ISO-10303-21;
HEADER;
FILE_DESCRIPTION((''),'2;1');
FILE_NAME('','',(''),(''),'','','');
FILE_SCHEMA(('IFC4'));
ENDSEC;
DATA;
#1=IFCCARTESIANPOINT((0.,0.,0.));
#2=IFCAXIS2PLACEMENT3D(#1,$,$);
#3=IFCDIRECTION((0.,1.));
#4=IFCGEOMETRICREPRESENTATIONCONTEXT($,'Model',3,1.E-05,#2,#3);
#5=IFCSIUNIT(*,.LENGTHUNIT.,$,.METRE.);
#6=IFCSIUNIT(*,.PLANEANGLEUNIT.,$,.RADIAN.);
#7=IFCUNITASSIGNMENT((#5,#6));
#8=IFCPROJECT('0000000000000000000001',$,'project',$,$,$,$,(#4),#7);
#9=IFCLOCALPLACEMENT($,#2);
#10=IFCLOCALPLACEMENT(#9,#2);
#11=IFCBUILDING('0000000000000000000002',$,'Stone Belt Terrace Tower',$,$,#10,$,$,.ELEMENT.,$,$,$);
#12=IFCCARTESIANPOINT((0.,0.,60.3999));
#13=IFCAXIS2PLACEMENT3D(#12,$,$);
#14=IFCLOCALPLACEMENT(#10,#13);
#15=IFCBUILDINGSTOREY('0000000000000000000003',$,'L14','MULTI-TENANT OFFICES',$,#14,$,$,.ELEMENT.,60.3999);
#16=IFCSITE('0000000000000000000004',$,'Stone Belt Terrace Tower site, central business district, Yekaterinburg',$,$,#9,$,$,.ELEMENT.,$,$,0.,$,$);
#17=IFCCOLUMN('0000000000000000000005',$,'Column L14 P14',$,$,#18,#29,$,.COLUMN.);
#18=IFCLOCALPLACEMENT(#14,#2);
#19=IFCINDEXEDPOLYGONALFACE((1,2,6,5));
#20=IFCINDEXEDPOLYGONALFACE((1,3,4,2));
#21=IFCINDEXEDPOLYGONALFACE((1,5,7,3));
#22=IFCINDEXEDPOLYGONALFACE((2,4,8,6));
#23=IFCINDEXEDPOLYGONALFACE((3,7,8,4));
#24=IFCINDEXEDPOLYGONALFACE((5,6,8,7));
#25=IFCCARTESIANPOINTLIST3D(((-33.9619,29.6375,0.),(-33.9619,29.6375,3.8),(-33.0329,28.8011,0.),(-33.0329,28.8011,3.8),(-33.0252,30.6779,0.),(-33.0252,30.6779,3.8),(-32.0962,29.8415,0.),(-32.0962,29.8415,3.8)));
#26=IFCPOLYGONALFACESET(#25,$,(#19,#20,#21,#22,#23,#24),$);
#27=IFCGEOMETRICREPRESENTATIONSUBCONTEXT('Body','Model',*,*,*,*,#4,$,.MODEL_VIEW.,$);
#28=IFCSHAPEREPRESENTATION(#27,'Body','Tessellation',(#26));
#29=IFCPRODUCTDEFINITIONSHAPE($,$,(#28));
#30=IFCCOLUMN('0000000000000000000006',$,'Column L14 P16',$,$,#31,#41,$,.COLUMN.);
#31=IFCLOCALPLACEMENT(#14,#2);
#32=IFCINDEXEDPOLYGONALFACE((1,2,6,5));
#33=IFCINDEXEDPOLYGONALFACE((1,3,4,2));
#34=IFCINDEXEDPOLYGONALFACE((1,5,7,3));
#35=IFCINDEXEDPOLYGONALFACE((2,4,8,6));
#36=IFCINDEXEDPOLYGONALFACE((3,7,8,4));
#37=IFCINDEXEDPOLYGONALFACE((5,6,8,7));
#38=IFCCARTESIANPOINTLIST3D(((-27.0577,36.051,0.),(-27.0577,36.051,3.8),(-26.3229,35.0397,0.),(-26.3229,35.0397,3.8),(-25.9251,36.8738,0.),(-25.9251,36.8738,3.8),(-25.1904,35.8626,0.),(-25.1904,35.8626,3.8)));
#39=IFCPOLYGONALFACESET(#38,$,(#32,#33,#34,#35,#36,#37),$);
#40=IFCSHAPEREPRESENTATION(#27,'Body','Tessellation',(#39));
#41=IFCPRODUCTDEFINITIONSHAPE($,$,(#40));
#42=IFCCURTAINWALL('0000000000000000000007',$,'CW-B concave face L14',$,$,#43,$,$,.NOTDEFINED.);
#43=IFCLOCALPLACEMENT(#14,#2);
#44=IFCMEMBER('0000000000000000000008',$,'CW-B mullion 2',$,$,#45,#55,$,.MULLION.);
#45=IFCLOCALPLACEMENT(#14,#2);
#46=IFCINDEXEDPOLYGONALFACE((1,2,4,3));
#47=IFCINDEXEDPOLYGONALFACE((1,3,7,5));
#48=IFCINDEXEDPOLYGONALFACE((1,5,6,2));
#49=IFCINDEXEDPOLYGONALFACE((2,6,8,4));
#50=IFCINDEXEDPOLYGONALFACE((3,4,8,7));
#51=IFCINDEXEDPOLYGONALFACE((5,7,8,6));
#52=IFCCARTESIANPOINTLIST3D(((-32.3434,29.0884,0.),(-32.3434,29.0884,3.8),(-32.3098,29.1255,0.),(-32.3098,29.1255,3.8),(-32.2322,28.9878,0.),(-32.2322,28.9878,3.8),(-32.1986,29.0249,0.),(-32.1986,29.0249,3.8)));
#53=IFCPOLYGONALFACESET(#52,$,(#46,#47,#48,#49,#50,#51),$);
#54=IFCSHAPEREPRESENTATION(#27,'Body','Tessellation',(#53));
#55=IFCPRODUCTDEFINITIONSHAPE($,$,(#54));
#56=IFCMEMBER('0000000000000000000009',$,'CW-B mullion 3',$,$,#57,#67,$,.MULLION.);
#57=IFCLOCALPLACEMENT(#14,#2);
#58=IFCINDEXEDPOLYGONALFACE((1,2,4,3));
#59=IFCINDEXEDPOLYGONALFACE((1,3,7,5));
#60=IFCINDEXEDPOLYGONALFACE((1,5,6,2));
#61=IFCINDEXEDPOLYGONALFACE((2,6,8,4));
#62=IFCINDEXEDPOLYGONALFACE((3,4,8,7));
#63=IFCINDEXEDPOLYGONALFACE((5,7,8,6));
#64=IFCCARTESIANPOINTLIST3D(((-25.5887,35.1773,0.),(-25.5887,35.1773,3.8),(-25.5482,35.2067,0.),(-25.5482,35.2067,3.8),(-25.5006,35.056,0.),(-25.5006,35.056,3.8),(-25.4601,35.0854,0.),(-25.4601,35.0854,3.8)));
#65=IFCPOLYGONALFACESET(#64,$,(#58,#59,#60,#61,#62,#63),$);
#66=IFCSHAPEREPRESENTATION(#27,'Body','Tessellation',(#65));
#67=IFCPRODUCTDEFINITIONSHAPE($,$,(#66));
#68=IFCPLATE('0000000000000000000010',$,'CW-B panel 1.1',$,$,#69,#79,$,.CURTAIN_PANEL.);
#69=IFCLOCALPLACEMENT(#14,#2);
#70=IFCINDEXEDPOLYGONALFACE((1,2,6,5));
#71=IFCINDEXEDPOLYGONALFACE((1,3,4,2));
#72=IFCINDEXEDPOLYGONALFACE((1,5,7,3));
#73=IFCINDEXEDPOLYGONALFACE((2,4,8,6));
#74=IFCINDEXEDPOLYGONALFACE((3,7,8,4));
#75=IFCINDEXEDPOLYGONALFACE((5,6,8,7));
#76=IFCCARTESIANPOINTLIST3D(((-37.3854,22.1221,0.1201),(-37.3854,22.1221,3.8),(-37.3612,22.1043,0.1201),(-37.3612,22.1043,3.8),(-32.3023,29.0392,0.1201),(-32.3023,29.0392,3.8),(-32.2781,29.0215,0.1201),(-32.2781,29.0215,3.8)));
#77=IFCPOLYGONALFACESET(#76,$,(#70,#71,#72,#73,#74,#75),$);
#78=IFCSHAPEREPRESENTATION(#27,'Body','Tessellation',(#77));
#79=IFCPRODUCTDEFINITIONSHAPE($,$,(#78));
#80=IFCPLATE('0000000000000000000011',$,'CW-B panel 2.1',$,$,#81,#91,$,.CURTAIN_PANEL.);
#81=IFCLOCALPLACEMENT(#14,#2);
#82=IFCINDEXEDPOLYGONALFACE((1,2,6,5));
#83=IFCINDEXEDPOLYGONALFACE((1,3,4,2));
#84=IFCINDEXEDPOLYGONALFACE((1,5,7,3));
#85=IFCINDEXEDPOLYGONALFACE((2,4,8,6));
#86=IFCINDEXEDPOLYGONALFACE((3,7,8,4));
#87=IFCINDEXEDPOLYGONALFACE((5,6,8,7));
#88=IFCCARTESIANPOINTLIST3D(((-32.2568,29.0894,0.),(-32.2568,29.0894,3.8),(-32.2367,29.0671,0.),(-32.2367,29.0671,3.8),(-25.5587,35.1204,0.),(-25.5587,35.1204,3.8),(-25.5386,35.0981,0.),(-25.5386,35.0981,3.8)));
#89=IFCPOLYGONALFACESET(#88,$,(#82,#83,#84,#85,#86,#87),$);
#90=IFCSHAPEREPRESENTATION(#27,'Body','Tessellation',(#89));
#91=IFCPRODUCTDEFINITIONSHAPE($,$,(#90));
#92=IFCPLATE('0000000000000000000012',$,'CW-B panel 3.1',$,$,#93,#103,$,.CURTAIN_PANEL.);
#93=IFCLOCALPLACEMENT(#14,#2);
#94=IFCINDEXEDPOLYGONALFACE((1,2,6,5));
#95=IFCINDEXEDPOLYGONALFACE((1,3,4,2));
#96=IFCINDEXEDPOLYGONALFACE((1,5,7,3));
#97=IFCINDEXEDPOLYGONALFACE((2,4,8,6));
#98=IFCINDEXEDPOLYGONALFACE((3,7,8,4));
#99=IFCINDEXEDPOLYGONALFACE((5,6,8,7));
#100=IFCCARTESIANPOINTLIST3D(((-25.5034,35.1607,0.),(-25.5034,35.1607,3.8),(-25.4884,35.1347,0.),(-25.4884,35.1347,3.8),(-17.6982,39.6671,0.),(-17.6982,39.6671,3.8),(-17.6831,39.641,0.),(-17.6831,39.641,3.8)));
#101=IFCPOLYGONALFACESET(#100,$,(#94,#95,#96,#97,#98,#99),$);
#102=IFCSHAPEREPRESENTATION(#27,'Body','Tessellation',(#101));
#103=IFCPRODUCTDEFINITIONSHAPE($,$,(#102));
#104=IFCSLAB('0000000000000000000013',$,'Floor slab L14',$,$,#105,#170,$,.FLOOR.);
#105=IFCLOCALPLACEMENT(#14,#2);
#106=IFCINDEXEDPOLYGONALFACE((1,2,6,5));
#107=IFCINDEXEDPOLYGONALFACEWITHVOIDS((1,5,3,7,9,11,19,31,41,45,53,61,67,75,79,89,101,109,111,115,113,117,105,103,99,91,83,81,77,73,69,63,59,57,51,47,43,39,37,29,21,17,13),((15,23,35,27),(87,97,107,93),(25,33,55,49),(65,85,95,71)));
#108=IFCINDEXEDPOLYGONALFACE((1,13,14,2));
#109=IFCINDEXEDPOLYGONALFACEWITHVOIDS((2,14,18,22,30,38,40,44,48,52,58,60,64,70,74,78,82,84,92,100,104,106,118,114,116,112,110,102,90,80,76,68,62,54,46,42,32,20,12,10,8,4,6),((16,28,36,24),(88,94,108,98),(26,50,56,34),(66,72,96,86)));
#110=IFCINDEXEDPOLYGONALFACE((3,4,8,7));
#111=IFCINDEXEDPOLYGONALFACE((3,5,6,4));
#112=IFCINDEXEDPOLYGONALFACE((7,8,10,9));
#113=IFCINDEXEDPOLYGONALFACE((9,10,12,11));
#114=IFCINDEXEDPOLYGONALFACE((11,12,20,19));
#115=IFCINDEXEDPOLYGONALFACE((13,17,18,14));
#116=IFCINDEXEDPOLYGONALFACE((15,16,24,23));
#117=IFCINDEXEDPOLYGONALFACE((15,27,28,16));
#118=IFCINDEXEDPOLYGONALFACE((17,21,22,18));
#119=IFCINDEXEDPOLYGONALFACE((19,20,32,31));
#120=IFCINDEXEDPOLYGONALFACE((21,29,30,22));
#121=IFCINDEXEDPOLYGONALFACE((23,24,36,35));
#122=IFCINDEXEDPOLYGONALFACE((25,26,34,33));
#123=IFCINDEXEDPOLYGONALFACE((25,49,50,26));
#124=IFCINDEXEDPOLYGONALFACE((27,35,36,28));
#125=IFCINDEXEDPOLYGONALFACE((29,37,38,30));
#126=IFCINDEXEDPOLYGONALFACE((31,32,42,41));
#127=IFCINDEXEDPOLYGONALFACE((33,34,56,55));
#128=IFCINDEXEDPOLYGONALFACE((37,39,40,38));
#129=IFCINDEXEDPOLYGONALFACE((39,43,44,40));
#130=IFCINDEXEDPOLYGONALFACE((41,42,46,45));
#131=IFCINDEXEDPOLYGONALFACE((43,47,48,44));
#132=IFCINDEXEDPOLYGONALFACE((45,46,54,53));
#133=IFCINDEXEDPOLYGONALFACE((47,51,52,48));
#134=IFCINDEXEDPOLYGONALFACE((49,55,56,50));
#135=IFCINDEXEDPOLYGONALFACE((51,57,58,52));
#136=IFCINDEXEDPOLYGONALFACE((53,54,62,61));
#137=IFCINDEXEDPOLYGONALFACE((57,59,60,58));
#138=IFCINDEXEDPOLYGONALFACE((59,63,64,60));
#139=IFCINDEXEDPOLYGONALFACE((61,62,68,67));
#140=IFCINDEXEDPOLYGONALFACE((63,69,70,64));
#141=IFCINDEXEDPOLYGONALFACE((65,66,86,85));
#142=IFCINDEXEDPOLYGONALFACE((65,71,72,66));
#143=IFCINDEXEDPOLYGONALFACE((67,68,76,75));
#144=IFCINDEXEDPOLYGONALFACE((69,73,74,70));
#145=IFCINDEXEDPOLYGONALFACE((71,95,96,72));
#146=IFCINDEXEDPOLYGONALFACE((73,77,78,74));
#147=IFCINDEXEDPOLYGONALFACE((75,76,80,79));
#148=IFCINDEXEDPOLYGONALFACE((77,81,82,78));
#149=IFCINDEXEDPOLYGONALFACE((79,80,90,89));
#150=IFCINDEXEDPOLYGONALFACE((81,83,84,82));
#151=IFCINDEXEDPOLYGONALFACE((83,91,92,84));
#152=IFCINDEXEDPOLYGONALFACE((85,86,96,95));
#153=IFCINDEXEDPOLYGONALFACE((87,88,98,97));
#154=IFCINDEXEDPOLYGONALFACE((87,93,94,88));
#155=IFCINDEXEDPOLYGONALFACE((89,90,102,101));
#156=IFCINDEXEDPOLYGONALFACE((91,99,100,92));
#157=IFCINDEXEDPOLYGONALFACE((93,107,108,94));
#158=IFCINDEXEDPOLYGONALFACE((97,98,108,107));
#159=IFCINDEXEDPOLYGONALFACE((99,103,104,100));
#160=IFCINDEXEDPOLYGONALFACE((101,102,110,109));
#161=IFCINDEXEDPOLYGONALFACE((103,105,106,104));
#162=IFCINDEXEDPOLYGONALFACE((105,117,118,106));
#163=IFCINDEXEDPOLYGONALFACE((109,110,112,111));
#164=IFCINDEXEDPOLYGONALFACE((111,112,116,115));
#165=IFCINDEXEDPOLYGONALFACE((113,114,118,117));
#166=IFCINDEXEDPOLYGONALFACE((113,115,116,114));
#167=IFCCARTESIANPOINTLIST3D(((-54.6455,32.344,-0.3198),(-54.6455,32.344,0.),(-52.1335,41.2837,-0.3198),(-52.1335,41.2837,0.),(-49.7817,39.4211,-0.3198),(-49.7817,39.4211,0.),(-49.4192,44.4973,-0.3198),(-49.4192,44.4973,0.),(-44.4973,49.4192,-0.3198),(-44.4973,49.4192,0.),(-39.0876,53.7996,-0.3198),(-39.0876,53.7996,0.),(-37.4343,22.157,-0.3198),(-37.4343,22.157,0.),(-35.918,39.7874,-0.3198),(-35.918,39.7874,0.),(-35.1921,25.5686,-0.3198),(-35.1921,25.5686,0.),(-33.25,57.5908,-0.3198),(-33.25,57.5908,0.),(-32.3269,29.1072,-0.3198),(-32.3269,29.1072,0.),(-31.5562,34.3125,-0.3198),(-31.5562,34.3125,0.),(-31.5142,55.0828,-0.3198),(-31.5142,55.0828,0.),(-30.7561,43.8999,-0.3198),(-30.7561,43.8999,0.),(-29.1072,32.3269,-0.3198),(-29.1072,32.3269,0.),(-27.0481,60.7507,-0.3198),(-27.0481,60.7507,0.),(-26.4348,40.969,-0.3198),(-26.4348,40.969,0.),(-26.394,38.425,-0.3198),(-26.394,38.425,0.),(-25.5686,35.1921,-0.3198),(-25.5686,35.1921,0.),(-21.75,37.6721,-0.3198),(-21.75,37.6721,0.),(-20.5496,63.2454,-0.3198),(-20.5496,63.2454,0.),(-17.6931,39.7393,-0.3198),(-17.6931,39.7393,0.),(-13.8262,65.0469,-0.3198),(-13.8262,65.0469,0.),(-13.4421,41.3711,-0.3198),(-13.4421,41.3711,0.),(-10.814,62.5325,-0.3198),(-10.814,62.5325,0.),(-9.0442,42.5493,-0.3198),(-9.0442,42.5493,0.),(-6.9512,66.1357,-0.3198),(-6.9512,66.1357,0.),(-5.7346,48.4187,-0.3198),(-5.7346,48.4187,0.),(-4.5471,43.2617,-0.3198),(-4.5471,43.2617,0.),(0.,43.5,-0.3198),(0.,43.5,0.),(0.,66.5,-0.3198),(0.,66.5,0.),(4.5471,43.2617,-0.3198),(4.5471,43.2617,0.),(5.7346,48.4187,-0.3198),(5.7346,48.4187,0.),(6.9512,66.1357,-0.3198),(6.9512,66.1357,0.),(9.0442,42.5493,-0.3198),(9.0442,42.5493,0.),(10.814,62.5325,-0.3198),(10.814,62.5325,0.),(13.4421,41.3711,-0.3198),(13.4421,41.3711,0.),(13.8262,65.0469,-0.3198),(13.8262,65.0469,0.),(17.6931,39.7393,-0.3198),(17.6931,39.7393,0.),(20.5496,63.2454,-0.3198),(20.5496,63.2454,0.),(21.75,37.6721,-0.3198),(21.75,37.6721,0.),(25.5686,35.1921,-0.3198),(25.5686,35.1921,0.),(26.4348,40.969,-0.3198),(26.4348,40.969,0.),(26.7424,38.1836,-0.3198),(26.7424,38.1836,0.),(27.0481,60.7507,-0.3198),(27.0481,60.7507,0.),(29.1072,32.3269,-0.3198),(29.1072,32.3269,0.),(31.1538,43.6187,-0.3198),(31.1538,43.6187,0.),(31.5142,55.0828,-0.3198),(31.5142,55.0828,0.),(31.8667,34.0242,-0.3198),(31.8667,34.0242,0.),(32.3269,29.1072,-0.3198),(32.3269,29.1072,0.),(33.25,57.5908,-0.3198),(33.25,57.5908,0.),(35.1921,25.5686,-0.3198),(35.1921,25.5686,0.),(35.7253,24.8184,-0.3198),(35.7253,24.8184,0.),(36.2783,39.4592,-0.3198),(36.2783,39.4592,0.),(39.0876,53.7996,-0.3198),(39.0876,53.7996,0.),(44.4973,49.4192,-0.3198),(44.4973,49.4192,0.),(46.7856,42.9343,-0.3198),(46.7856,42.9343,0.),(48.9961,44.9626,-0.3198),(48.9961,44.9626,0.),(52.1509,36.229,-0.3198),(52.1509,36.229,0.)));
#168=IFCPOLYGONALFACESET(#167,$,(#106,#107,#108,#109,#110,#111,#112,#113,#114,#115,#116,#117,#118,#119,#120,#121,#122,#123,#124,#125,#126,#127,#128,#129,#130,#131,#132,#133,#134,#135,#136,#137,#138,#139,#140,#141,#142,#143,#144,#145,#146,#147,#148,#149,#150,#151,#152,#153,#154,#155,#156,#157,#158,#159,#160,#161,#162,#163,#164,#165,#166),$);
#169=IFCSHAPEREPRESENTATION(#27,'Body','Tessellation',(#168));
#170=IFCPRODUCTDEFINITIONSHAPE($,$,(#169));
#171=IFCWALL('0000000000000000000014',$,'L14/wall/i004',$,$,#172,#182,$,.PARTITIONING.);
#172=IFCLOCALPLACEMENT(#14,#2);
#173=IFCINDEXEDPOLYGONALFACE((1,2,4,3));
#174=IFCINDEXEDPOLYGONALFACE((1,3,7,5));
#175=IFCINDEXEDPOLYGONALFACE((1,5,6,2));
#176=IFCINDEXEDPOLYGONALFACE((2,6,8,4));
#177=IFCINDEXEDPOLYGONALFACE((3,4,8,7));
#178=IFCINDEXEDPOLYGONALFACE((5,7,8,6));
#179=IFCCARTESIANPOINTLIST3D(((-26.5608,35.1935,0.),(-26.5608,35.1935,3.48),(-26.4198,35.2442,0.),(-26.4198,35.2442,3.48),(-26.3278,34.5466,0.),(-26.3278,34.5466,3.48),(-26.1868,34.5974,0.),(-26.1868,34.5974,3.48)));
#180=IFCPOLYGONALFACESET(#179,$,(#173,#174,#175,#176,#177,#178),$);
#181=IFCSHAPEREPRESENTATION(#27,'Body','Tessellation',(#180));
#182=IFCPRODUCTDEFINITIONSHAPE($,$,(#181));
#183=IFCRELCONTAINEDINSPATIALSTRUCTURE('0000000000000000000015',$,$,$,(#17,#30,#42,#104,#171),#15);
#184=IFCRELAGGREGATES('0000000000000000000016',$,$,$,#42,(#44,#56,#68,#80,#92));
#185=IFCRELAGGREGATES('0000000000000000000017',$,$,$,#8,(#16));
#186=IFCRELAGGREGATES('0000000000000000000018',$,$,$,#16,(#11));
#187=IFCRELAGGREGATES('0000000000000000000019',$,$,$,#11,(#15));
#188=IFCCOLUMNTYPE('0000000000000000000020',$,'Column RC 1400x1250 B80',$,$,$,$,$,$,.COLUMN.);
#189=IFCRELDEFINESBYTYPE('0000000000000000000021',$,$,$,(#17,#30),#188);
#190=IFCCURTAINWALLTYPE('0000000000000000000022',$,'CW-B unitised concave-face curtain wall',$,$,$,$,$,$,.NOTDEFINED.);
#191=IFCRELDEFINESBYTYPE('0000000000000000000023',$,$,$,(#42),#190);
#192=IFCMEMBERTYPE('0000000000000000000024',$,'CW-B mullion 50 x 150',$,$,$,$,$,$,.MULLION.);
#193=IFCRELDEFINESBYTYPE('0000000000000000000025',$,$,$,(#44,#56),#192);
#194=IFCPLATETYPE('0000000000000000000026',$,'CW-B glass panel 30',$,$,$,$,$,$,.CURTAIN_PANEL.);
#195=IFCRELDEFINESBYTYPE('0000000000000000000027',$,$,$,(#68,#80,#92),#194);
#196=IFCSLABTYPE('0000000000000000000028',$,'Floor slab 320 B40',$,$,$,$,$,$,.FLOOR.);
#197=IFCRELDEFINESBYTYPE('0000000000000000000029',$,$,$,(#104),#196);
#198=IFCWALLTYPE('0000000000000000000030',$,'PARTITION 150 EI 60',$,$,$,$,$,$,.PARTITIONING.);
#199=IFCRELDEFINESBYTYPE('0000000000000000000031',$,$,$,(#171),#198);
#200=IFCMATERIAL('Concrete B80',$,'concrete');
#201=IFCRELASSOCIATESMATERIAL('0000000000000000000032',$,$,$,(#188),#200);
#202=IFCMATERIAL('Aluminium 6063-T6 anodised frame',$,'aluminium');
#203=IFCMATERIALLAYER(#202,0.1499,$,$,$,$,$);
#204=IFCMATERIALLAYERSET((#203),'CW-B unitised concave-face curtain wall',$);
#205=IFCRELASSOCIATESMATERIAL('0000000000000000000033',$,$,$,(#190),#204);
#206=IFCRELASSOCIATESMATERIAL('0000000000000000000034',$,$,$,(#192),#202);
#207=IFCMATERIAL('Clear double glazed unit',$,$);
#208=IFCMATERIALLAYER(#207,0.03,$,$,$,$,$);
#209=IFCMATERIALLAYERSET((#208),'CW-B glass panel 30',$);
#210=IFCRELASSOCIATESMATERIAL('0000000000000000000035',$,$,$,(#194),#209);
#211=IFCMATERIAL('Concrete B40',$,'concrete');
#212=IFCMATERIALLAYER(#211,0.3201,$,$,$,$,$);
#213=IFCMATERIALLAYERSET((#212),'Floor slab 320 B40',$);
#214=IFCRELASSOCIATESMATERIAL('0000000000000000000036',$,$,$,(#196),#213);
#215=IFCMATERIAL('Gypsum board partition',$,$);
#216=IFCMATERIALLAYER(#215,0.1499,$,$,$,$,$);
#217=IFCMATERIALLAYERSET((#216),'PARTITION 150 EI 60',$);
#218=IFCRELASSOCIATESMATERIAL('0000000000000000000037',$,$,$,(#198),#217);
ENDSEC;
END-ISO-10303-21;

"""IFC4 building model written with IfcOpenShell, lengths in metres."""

from ifc_helpers import new_model, si_unit, direction, frame, frame_2d, origin, origin_2d, place, context, subcontext, project, spatial, polyline, rectangle, outline, extrude, material, layer, layer_set, material_profile, profile_set, type_object, element, aggregate, save


model = new_model("IFC4")

# Units and contexts
model_context = context("Model", 3, precision=1e-05, world=origin(), true_north=direction((0.0, 1.0)))
body_context = subcontext(model_context, "Body", "Model", "MODEL_VIEW")
ifc_project = project(units=[si_unit("LENGTHUNIT", "METRE"), si_unit("PLANEANGLEUNIT", "RADIAN")], contexts=[model_context])

# Site, building, storey
site_placement = place(None, origin())
site = spatial("IfcSite", under=ifc_project, at=site_placement, Name="Stone Belt Terrace Tower site, central business district, Yekaterinburg", CompositionType="ELEMENT", RefElevation=0.0)
building_placement = place(site_placement, origin())
building = spatial("IfcBuilding", under=site, at=building_placement, Name="Stone Belt Terrace Tower", CompositionType="ELEMENT")
storey_placement = place(building_placement, frame((0.0, 0.0, 60.3999)))
storey = spatial("IfcBuildingStorey", under=building, at=storey_placement, Name="L14", Description="MULTI-TENANT OFFICES", CompositionType="ELEMENT", Elevation=60.3999)

# Columns
ifc_material_1 = material(Name="Concrete B80", Category="concrete")
ifc_material_profile_1 = material_profile(ifc_material_1, rectangle(XDim=1.3999, YDim=1.25, at=origin_2d()), Name="RC 1400x1250")
ifc_profile_set_1 = profile_set([ifc_material_profile_1], Name="Concrete B80")
column_type = type_object("IfcColumnType", Name="Column RC 1400x1250 B80", PredefinedType="COLUMN", material=ifc_profile_set_1)
for number, where, z_axis, x_axis, name in (
    (1, (-33.0291, 29.7395, 0.0), (0.0, 0.0, 1.0), (0.669131, 0.743145, 0.0), "Column L14 P14"),
    (2, (-26.124, 35.9568, 0.0), (0.0, 0.0, 1.0), (0.809017, 0.587785, 0.0), "Column L14 P16"),
):
    element("IfcColumn", number, at=place(storey_placement, frame(where, z_axis=z_axis, x_axis=x_axis)), inside=storey, type_object=column_type, Name=name, PredefinedType="COLUMN", context=body_context, shape_type="SweptSolid", body=[
        extrude(rectangle(XDim=1.3999, YDim=1.25, at=origin_2d()), origin(), (0.0, 0.0, 1.0), 3.8),
    ])

# Curtain wall, members, plates
ifc_material_2 = material(Name="Aluminium 6063-T6 anodised frame", Category="aluminium")
ifc_layer_1 = layer(ifc_material_2, 0.1499)
ifc_layer_set_1 = layer_set([ifc_layer_1], Name="CW-B unitised concave-face curtain wall")
curtain_wall_type = type_object("IfcCurtainWallType", Name="CW-B unitised concave-face curtain wall", PredefinedType="NOTDEFINED", material=ifc_layer_set_1)
curtain_wall_placement = place(storey_placement, origin())
curtain_wall = element("IfcCurtainWall", 3, at=curtain_wall_placement, inside=storey, type_object=curtain_wall_type, Name="CW-B concave face L14", PredefinedType="NOTDEFINED")
ifc_material_profile_2 = material_profile(ifc_material_2, rectangle(XDim=0.1499, YDim=0.05, at=origin_2d()), Name="Aluminium 6063-T6 50x150")
ifc_profile_set_2 = profile_set([ifc_material_profile_2], Name="Aluminium 6063-T6 anodised frame")
member_type = type_object("IfcMemberType", Name="CW-B mullion 50 x 150", PredefinedType="MULLION", material=ifc_profile_set_2)
member_1_placement = place(storey_placement, frame((-32.271, 29.0566, 0.0), z_axis=(0.0, 0.0, 1.0), x_axis=(-0.74133, 0.671141, 0.0)))
member_1 = element("IfcMember", 4, at=member_1_placement, type_object=member_type, Name="CW-B mullion 2", PredefinedType="MULLION", context=body_context, shape_type="SweptSolid", body=[
    extrude(rectangle(XDim=0.1499, YDim=0.05, at=origin_2d()), origin(), (0.0, 0.0, 1.0), 3.8),
])
member_2_placement = place(storey_placement, frame((-25.5244, 35.1313, 0.0), z_axis=(0.0, 0.0, 1.0), x_axis=(-0.587785, 0.809017, 0.0)))
member_2 = element("IfcMember", 5, at=member_2_placement, type_object=member_type, Name="CW-B mullion 3", PredefinedType="MULLION", context=body_context, shape_type="SweptSolid", body=[
    extrude(rectangle(XDim=0.1499, YDim=0.05, at=origin_2d()), origin(), (0.0, 0.0, 1.0), 3.8),
])
ifc_material_3 = material(Name="Clear double glazed unit")
ifc_layer_2 = layer(ifc_material_3, 0.03)
ifc_layer_set_2 = layer_set([ifc_layer_2], Name="CW-B glass panel 30")
plate_type = type_object("IfcPlateType", Name="CW-B glass panel 30", PredefinedType="CURTAIN_PANEL", material=ifc_layer_set_2)
plate_1_placement = place(storey_placement, frame((-34.8318, 25.5718, 0.1201), z_axis=(0.0, 0.0, 1.0), x_axis=(0.592159, 0.805821, 0.0)))
plate_1 = element("IfcPlate", 6, at=plate_1_placement, type_object=plate_type, Name="CW-B panel 1.1", PredefinedType="CURTAIN_PANEL", context=body_context, shape_type="SweptSolid", body=[
    extrude(rectangle(XDim=8.584, YDim=0.03, at=origin_2d()), origin(), (0.0, 0.0, 1.0), 3.6799),
])
plate_2_placement = place(storey_placement, frame((-28.8977, 32.0938, 0.0), z_axis=(0.0, 0.0, 1.0), x_axis=(0.743145, 0.669131, 0.0)))
plate_2 = element("IfcPlate", 7, at=plate_2_placement, type_object=plate_type, Name="CW-B panel 2.1", PredefinedType="CURTAIN_PANEL", context=body_context, shape_type="SweptSolid", body=[
    extrude(rectangle(XDim=9.0132, YDim=0.03, at=origin_2d()), origin(), (0.0, 0.0, 1.0), 3.8),
])
plate_3_placement = place(storey_placement, frame((-21.5933, 37.4009, 0.0), z_axis=(0.0, 0.0, 1.0), x_axis=(0.866025, 0.5, 0.0)))
plate_3 = element("IfcPlate", 8, at=plate_3_placement, type_object=plate_type, Name="CW-B panel 3.1", PredefinedType="CURTAIN_PANEL", context=body_context, shape_type="SweptSolid", body=[
    extrude(rectangle(XDim=9.0127, YDim=0.03, at=origin_2d()), origin(), (0.0, 0.0, 1.0), 3.8),
])
aggregate(curtain_wall, [member_1, member_2, plate_1, plate_2, plate_3])

# Slab
ifc_material_4 = material(Name="Concrete B40", Category="concrete")
ifc_layer_3 = layer(ifc_material_4, 0.3201)
ifc_layer_set_3 = layer_set([ifc_layer_3], Name="Floor slab 320 B40")
slab_type = type_object("IfcSlabType", Name="Floor slab 320 B40", PredefinedType="FLOOR", material=ifc_layer_set_3)
slab_placement = place(storey_placement, frame((0.0, 0.0, -0.3198)))
element("IfcSlab", 9, at=slab_placement, inside=storey, type_object=slab_type, Name="Floor slab L14", PredefinedType="FLOOR", context=body_context, shape_type="SweptSolid", body=[
    extrude(outline(polyline([(-49.4192, 44.4973), (-44.4973, 49.4192), (-39.0876, 53.7996), (-33.25, 57.5908), (-27.0481, 60.7507), (-20.5496, 63.2454), (-13.8262, 65.0469), (-6.9512, 66.1357), (0.0, 66.5), (6.9512, 66.1357), (13.8262, 65.0469), (20.5496, 63.2454), (27.0481, 60.7507), (33.25, 57.5908), (39.0876, 53.7996), (44.4973, 49.4192), (48.9961, 44.9626), (46.7856, 42.9343), (52.1509, 36.229), (35.7253, 24.8184), (35.1921, 25.5686), (32.3269, 29.1072), (29.1072, 32.3269), (25.5686, 35.1921), (21.75, 37.6721), (17.6931, 39.7393), (13.4421, 41.3711), (9.0442, 42.5493), (4.5471, 43.2617), (0.0, 43.5), (-4.5471, 43.2617), (-9.0442, 42.5493), (-13.4421, 41.3711), (-17.6931, 39.7393), (-21.75, 37.6721), (-25.5686, 35.1921), (-29.1072, 32.3269), (-32.3269, 29.1072), (-35.1921, 25.5686), (-37.4343, 22.157), (-54.6455, 32.344), (-49.7817, 39.4211), (-52.1335, 41.2837), (-49.4192, 44.4973)]), holes=[polyline([(-26.4348, 40.969), (-5.7346, 48.4187), (-10.814, 62.5325), (-31.5142, 55.0828), (-26.4348, 40.969)]), polyline([(10.814, 62.5325), (5.7346, 48.4187), (26.4348, 40.969), (31.5142, 55.0828), (10.814, 62.5325)]), polyline([(-35.918, 39.7874), (-31.5562, 34.3125), (-26.394, 38.425), (-30.7561, 43.8999), (-35.918, 39.7874)]), polyline([(36.2783, 39.4592), (31.1538, 43.6187), (26.7424, 38.1836), (31.8667, 34.0242), (36.2783, 39.4592)])]), origin(), (0.0, 0.0, 1.0), 0.3198),
])

# Wall
ifc_material_5 = material(Name="Gypsum board partition")
ifc_layer_4 = layer(ifc_material_5, 0.1499)
ifc_layer_set_4 = layer_set([ifc_layer_4], Name="PARTITION 150 EI 60")
wall_type_1 = type_object("IfcWallType", Name="PARTITION 150 EI 60", PredefinedType="PARTITIONING", material=ifc_layer_set_4)
wall_1_placement = place(storey_placement, frame((-26.2573, 34.572, 0.0), z_axis=(0.0, 0.0, 1.0), x_axis=(-0.338833, 0.940847, 0.0)))
element("IfcWall", 10, at=wall_1_placement, inside=storey, type_object=wall_type_1, Name="L14/wall/i004", PredefinedType="PARTITIONING", context=body_context, shape_type="SweptSolid", body=[
    extrude(rectangle(XDim=0.6875, YDim=0.1499, at=frame_2d((0.3438, 0.0))), origin(), (0.0, 0.0, 1.0), 3.48),
])

save(model, "model.ifc")
